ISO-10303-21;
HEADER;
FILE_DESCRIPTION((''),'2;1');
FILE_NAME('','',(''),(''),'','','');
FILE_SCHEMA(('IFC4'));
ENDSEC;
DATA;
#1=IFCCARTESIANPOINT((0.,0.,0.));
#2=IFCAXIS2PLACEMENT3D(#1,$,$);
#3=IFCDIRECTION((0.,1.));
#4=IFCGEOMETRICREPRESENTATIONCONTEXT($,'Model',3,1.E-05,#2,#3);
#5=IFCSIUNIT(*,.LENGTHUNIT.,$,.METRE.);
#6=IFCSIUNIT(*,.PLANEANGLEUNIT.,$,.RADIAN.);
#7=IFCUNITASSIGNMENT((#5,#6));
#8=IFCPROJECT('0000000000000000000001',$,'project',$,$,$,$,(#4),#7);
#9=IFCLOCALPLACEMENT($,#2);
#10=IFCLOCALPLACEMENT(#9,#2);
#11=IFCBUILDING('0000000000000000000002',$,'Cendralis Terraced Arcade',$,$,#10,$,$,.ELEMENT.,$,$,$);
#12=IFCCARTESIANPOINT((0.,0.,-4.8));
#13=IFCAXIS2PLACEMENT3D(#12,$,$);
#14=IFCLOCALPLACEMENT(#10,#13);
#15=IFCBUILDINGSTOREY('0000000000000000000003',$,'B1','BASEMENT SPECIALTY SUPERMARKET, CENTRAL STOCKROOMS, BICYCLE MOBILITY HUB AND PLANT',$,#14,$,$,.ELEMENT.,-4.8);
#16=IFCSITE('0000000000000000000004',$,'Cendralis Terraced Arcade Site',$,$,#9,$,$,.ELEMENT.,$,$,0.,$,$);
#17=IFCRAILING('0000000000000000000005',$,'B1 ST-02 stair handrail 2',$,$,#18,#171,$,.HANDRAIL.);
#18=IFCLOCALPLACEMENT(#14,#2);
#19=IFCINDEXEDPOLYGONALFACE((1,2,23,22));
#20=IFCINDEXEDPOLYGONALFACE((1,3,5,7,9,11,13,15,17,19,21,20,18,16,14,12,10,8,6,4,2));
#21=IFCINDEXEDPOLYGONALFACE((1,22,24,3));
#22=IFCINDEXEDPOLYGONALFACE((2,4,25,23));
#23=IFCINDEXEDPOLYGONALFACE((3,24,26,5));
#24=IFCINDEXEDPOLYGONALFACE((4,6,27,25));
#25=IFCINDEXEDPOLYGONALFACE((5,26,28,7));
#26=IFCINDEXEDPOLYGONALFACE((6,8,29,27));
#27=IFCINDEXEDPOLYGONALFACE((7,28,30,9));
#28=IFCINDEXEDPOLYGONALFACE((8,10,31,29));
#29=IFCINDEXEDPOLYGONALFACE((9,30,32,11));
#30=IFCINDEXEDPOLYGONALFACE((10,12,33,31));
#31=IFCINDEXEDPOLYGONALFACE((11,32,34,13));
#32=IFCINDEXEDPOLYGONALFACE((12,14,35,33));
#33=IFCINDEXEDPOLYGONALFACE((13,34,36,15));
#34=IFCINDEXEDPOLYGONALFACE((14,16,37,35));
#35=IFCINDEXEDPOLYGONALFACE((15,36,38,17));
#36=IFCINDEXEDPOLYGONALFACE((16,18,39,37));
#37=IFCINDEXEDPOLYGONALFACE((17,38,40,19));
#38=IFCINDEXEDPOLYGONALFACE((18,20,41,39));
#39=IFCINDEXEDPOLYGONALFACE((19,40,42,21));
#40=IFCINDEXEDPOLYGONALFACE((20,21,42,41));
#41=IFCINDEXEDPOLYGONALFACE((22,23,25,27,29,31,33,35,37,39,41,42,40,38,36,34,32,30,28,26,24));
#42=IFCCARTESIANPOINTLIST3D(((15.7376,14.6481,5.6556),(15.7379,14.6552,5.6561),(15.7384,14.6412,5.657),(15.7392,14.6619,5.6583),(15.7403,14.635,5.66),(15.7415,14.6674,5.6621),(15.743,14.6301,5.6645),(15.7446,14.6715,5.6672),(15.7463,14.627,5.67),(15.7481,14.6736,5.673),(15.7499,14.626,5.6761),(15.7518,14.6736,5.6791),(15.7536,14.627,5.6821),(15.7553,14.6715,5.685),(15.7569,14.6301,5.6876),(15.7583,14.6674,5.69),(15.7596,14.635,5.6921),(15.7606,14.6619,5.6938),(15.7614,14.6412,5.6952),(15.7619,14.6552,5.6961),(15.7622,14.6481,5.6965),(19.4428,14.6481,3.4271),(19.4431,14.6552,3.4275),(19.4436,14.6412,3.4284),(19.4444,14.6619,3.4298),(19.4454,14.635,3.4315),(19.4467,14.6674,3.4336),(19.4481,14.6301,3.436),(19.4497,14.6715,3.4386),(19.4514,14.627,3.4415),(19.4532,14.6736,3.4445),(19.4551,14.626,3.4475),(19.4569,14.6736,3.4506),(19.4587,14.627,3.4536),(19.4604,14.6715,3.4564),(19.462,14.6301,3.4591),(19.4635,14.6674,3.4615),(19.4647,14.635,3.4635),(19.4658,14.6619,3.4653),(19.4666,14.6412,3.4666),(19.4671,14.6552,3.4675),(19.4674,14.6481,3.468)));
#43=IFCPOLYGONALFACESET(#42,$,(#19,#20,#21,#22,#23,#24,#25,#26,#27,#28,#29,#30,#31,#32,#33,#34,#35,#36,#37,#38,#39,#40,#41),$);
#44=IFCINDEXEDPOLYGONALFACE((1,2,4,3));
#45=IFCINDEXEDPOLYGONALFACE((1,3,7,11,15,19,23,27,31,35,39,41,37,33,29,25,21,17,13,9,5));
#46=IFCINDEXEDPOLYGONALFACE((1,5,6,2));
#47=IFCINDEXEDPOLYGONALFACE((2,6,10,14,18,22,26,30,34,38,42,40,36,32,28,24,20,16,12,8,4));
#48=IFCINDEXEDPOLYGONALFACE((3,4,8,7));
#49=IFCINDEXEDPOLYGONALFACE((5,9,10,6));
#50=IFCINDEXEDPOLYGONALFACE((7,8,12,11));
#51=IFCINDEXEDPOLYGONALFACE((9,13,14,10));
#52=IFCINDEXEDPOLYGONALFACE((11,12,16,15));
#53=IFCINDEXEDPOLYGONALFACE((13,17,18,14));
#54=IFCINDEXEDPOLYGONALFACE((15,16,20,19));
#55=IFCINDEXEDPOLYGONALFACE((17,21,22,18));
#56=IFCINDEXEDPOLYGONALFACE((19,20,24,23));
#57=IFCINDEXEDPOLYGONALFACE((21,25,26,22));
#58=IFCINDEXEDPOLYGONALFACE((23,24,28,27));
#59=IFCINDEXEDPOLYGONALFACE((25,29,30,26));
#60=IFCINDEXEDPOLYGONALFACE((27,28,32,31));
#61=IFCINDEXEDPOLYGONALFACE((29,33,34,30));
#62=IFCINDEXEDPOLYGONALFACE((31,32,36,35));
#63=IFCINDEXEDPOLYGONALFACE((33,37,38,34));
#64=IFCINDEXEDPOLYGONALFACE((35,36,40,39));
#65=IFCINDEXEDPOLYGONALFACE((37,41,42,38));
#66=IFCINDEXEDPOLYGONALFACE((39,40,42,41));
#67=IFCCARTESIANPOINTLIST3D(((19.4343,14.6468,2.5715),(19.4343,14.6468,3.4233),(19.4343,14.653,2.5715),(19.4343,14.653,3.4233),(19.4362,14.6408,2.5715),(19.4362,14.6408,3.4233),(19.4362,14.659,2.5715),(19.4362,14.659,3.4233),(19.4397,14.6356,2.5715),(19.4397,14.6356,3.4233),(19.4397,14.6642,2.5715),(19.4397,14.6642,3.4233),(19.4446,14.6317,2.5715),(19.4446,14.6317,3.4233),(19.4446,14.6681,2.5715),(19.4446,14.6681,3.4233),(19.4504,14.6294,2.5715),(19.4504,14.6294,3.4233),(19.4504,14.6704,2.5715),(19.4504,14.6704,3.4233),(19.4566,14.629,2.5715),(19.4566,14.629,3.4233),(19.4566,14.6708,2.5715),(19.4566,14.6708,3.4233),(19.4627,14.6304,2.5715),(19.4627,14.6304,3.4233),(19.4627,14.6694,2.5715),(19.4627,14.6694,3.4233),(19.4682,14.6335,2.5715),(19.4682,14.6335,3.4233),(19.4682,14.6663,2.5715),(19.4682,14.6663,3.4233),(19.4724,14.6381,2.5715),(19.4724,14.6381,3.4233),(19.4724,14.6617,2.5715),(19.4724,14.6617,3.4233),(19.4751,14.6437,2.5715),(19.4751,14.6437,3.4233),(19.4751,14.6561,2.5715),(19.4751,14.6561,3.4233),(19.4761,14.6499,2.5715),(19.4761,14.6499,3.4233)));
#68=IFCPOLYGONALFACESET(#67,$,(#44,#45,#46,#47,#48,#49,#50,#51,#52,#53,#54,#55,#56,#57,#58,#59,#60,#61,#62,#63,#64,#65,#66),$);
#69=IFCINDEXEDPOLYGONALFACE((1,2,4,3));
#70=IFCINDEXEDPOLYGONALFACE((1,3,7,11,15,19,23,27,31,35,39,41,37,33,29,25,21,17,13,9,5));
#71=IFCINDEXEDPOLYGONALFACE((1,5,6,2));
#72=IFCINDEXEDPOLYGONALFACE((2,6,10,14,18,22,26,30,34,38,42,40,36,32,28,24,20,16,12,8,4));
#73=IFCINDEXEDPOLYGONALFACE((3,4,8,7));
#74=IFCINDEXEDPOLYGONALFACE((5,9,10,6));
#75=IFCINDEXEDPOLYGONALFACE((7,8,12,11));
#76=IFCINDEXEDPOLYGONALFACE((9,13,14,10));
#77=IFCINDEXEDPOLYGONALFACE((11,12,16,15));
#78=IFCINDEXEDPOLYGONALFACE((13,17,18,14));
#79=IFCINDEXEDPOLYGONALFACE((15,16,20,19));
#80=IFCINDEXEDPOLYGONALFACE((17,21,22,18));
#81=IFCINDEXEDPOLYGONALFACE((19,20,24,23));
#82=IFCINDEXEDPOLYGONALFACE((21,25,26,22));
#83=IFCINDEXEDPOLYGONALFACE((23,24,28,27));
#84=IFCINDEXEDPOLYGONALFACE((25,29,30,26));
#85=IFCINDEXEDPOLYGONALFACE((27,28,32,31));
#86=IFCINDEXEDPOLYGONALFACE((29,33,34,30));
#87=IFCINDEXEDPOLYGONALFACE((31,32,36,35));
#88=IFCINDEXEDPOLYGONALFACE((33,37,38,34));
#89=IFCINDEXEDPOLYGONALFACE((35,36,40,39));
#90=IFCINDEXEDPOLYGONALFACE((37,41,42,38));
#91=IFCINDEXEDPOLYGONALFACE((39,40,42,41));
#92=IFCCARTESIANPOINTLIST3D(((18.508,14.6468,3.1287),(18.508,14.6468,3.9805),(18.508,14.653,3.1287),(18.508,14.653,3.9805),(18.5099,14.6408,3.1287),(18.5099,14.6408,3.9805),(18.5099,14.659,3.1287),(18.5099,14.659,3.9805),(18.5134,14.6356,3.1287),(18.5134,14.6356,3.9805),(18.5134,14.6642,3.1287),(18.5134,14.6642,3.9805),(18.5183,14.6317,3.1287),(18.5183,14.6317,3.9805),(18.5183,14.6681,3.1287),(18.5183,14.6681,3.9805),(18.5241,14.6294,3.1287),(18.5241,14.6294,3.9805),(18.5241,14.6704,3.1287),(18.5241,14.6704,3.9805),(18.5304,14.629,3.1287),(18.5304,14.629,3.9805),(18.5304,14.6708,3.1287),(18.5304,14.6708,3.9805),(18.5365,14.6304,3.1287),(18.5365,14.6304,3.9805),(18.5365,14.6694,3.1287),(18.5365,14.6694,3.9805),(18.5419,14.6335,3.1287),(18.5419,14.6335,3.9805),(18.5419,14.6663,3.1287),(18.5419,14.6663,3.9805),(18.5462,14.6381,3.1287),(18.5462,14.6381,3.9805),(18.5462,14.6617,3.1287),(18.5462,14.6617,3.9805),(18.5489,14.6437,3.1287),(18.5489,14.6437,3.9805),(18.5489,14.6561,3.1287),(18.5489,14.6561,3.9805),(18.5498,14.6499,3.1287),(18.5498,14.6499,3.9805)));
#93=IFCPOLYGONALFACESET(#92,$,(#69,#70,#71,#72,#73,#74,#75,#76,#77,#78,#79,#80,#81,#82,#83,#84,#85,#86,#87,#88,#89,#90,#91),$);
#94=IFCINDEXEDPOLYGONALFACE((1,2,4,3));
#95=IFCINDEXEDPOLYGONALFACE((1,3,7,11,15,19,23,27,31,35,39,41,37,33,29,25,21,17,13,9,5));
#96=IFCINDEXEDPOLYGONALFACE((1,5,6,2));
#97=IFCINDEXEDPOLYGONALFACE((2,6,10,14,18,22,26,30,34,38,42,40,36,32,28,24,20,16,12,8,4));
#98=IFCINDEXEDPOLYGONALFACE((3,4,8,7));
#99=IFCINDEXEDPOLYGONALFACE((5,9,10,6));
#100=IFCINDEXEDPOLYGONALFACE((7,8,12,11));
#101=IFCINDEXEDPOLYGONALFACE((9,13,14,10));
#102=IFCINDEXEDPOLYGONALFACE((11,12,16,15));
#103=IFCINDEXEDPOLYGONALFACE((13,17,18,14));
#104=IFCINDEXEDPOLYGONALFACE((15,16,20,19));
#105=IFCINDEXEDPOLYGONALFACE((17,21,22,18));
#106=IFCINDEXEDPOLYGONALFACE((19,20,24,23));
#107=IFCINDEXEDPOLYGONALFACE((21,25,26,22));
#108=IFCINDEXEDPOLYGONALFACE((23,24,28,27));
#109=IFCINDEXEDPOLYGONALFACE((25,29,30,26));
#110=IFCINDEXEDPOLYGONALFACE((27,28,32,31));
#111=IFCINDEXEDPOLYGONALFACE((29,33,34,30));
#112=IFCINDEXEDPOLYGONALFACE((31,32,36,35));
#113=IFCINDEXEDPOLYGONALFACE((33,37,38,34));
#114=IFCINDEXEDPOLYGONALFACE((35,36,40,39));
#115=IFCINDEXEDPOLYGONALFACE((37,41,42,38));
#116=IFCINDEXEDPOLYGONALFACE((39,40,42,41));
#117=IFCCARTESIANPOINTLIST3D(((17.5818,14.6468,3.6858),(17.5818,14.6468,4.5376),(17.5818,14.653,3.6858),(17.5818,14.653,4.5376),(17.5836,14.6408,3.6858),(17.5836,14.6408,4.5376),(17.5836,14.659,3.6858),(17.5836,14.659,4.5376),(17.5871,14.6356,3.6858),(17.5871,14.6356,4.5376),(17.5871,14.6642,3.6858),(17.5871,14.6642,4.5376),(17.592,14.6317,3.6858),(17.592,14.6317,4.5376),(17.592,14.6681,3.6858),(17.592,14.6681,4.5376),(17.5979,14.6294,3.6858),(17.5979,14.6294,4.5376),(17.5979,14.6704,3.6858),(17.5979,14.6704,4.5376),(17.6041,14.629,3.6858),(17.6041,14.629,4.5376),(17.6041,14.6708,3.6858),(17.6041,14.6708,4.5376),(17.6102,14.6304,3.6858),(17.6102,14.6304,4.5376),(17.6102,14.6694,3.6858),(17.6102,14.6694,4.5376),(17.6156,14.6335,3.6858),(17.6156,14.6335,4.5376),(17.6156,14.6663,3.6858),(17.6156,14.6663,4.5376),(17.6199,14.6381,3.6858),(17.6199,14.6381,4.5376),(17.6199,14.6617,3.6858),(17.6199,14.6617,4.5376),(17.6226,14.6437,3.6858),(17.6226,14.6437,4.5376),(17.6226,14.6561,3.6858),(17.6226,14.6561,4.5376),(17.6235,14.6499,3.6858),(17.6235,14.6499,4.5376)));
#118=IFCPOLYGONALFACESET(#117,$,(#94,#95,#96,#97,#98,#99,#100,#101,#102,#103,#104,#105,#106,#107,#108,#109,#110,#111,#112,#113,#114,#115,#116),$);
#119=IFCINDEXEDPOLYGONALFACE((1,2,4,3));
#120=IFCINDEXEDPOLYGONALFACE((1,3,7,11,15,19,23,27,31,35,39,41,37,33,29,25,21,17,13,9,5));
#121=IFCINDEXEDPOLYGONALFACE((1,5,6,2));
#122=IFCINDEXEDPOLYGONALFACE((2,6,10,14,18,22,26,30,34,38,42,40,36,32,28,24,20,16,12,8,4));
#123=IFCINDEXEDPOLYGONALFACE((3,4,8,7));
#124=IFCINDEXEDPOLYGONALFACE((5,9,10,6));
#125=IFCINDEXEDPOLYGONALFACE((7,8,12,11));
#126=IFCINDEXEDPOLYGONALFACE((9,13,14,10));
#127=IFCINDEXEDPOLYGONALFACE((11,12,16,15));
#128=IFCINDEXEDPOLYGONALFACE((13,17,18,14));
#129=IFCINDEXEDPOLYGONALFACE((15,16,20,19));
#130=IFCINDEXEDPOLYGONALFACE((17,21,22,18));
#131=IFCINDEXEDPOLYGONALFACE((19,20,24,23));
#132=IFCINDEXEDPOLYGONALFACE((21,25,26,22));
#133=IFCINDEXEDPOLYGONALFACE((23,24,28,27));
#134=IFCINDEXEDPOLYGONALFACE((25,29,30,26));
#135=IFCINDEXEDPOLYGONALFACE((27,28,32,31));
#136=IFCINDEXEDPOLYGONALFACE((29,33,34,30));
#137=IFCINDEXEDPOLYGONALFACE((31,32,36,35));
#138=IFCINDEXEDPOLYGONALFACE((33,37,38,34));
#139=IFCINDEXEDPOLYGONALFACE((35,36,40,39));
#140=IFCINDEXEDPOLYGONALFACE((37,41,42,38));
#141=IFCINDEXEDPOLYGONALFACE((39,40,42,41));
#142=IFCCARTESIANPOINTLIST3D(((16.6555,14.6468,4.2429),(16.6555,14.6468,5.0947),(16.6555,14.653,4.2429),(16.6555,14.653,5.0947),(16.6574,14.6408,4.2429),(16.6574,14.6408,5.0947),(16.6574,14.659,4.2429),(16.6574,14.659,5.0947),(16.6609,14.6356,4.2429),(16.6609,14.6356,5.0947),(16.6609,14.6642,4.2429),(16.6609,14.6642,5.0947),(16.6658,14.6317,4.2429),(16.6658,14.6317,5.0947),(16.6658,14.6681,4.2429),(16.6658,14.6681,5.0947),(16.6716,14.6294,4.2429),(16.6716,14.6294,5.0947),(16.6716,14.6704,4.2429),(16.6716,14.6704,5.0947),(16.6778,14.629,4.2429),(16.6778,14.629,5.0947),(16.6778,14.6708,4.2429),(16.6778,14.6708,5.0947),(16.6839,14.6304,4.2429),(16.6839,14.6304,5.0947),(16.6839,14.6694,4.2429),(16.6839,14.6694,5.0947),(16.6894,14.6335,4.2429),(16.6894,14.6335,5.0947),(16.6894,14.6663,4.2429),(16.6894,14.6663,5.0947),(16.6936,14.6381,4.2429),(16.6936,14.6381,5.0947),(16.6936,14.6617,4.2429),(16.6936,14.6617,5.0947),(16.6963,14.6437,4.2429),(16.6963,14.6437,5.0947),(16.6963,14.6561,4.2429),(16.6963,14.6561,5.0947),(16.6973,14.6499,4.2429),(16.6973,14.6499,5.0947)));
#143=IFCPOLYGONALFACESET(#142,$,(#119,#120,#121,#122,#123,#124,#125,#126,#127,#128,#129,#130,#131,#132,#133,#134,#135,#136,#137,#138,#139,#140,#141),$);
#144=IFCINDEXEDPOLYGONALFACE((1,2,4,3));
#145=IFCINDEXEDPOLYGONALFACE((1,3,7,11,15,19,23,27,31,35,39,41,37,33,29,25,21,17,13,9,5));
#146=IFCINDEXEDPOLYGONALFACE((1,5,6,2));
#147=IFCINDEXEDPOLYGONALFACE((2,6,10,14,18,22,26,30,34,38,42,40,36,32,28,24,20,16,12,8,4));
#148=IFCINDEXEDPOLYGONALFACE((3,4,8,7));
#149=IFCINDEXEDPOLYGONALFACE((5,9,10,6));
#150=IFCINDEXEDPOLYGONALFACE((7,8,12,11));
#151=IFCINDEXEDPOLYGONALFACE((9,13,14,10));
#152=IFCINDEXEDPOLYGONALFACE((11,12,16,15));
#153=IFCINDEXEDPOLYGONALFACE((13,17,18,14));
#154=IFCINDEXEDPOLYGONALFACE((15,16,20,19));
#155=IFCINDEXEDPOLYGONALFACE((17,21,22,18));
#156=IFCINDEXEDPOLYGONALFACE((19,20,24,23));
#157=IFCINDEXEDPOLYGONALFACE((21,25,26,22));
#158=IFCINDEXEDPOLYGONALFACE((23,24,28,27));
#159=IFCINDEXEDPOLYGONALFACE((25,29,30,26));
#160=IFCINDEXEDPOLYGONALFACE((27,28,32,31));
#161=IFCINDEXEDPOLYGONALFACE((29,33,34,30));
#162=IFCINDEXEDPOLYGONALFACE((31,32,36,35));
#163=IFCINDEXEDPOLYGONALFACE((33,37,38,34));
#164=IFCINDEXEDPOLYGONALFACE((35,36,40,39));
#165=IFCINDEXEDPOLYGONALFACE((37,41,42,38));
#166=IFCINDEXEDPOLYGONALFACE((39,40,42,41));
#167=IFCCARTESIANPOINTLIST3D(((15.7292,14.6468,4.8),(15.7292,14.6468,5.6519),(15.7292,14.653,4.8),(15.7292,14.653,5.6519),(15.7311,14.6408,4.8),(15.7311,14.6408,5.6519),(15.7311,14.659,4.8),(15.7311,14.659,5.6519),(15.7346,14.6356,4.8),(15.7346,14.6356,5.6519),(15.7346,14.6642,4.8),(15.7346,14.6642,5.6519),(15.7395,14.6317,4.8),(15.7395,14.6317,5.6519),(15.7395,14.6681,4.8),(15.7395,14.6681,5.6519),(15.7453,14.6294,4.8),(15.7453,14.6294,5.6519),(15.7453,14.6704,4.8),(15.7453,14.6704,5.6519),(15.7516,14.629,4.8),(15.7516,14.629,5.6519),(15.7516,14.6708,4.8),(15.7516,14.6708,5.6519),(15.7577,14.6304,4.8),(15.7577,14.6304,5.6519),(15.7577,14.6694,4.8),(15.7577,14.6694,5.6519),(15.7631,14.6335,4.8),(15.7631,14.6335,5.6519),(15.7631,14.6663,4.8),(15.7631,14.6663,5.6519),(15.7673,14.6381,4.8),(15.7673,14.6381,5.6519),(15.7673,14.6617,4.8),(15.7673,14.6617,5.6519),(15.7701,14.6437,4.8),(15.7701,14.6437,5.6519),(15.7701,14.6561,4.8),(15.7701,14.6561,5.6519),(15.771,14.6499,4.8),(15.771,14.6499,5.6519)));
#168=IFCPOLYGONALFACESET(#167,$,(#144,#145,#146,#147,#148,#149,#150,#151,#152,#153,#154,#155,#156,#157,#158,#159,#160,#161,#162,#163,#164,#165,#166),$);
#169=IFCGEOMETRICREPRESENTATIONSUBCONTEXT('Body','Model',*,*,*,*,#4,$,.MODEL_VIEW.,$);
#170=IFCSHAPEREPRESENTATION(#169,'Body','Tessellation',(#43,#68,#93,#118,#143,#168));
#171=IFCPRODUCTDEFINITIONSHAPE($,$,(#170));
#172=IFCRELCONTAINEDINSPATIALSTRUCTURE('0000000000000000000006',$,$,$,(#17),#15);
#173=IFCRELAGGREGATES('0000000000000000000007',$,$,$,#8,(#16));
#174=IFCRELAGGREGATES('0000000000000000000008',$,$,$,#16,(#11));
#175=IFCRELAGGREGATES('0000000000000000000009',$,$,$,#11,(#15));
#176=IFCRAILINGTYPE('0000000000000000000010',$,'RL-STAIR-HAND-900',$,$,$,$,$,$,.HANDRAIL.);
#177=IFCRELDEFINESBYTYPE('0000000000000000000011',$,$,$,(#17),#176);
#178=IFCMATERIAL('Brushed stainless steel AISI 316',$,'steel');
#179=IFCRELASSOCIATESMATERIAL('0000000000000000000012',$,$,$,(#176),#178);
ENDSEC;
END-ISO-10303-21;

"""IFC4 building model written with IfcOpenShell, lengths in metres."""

from ifc_helpers import new_model, si_unit, direction, frame, origin, origin_2d, place, context, subcontext, project, spatial, circle, extrude, material, type_object, element, save


model = new_model("IFC4")

# Units and contexts
model_context = context("Model", 3, precision=1e-05, world=origin(), true_north=direction((0.0, 1.0)))
body_context = subcontext(model_context, "Body", "Model", "MODEL_VIEW")
ifc_project = project(units=[si_unit("LENGTHUNIT", "METRE"), si_unit("PLANEANGLEUNIT", "RADIAN")], contexts=[model_context])

# Site, building, storey
site_placement = place(None, origin())
site = spatial("IfcSite", under=ifc_project, at=site_placement, Name="Cendralis Terraced Arcade Site", CompositionType="ELEMENT", RefElevation=0.0)
building_placement = place(site_placement, origin())
building = spatial("IfcBuilding", under=site, at=building_placement, Name="Cendralis Terraced Arcade", CompositionType="ELEMENT")
storey_placement = place(building_placement, frame((0.0, 0.0, -4.8)))
storey = spatial("IfcBuildingStorey", under=building, at=storey_placement, Name="B1", Description="BASEMENT SPECIALTY SUPERMARKET, CENTRAL STOCKROOMS, BICYCLE MOBILITY HUB AND PLANT", CompositionType="ELEMENT", Elevation=-4.8)

# Railing
ifc_material_1 = material(Name="Brushed stainless steel AISI 316", Category="steel")
railing_type_1 = type_object("IfcRailingType", Name="RL-STAIR-HAND-900", PredefinedType="HANDRAIL", material=ifc_material_1)
railing_1_placement = place(storey_placement, frame((19.4551, 14.6499, 2.5715)))
element("IfcRailing", 1, at=railing_1_placement, inside=storey, type_object=railing_type_1, Name="B1 ST-02 stair handrail 2", PredefinedType="HANDRAIL", context=body_context, shape_type="SweptSolid", body=[
    extrude(circle(Radius=0.0239, at=origin_2d()), frame((0.0, 0.0, 0.876), z_axis=(-0.856934, 0.0, 0.515425), x_axis=(0.0, -1.0, 0.0)), (0.0, 0.0, 1.0), 4.3237),
    extrude(circle(Radius=0.021, at=origin_2d()), origin(), (0.0, 0.0, 1.0), 0.8518),
    extrude(circle(Radius=0.021, at=origin_2d()), frame((-0.9263, 0.0, 0.5571)), (0.0, 0.0, 1.0), 0.8518),
    extrude(circle(Radius=0.021, at=origin_2d()), frame((-1.8525, 0.0, 1.1143)), (0.0, 0.0, 1.0), 0.8518),
    extrude(circle(Radius=0.021, at=origin_2d()), frame((-2.7788, 0.0, 1.6714)), (0.0, 0.0, 1.0), 0.8518),
    extrude(circle(Radius=0.021, at=origin_2d()), frame((-3.7051, 0.0, 2.2285)), (0.0, 0.0, 1.0), 0.8518),
])

save(model, "model.ifc")
